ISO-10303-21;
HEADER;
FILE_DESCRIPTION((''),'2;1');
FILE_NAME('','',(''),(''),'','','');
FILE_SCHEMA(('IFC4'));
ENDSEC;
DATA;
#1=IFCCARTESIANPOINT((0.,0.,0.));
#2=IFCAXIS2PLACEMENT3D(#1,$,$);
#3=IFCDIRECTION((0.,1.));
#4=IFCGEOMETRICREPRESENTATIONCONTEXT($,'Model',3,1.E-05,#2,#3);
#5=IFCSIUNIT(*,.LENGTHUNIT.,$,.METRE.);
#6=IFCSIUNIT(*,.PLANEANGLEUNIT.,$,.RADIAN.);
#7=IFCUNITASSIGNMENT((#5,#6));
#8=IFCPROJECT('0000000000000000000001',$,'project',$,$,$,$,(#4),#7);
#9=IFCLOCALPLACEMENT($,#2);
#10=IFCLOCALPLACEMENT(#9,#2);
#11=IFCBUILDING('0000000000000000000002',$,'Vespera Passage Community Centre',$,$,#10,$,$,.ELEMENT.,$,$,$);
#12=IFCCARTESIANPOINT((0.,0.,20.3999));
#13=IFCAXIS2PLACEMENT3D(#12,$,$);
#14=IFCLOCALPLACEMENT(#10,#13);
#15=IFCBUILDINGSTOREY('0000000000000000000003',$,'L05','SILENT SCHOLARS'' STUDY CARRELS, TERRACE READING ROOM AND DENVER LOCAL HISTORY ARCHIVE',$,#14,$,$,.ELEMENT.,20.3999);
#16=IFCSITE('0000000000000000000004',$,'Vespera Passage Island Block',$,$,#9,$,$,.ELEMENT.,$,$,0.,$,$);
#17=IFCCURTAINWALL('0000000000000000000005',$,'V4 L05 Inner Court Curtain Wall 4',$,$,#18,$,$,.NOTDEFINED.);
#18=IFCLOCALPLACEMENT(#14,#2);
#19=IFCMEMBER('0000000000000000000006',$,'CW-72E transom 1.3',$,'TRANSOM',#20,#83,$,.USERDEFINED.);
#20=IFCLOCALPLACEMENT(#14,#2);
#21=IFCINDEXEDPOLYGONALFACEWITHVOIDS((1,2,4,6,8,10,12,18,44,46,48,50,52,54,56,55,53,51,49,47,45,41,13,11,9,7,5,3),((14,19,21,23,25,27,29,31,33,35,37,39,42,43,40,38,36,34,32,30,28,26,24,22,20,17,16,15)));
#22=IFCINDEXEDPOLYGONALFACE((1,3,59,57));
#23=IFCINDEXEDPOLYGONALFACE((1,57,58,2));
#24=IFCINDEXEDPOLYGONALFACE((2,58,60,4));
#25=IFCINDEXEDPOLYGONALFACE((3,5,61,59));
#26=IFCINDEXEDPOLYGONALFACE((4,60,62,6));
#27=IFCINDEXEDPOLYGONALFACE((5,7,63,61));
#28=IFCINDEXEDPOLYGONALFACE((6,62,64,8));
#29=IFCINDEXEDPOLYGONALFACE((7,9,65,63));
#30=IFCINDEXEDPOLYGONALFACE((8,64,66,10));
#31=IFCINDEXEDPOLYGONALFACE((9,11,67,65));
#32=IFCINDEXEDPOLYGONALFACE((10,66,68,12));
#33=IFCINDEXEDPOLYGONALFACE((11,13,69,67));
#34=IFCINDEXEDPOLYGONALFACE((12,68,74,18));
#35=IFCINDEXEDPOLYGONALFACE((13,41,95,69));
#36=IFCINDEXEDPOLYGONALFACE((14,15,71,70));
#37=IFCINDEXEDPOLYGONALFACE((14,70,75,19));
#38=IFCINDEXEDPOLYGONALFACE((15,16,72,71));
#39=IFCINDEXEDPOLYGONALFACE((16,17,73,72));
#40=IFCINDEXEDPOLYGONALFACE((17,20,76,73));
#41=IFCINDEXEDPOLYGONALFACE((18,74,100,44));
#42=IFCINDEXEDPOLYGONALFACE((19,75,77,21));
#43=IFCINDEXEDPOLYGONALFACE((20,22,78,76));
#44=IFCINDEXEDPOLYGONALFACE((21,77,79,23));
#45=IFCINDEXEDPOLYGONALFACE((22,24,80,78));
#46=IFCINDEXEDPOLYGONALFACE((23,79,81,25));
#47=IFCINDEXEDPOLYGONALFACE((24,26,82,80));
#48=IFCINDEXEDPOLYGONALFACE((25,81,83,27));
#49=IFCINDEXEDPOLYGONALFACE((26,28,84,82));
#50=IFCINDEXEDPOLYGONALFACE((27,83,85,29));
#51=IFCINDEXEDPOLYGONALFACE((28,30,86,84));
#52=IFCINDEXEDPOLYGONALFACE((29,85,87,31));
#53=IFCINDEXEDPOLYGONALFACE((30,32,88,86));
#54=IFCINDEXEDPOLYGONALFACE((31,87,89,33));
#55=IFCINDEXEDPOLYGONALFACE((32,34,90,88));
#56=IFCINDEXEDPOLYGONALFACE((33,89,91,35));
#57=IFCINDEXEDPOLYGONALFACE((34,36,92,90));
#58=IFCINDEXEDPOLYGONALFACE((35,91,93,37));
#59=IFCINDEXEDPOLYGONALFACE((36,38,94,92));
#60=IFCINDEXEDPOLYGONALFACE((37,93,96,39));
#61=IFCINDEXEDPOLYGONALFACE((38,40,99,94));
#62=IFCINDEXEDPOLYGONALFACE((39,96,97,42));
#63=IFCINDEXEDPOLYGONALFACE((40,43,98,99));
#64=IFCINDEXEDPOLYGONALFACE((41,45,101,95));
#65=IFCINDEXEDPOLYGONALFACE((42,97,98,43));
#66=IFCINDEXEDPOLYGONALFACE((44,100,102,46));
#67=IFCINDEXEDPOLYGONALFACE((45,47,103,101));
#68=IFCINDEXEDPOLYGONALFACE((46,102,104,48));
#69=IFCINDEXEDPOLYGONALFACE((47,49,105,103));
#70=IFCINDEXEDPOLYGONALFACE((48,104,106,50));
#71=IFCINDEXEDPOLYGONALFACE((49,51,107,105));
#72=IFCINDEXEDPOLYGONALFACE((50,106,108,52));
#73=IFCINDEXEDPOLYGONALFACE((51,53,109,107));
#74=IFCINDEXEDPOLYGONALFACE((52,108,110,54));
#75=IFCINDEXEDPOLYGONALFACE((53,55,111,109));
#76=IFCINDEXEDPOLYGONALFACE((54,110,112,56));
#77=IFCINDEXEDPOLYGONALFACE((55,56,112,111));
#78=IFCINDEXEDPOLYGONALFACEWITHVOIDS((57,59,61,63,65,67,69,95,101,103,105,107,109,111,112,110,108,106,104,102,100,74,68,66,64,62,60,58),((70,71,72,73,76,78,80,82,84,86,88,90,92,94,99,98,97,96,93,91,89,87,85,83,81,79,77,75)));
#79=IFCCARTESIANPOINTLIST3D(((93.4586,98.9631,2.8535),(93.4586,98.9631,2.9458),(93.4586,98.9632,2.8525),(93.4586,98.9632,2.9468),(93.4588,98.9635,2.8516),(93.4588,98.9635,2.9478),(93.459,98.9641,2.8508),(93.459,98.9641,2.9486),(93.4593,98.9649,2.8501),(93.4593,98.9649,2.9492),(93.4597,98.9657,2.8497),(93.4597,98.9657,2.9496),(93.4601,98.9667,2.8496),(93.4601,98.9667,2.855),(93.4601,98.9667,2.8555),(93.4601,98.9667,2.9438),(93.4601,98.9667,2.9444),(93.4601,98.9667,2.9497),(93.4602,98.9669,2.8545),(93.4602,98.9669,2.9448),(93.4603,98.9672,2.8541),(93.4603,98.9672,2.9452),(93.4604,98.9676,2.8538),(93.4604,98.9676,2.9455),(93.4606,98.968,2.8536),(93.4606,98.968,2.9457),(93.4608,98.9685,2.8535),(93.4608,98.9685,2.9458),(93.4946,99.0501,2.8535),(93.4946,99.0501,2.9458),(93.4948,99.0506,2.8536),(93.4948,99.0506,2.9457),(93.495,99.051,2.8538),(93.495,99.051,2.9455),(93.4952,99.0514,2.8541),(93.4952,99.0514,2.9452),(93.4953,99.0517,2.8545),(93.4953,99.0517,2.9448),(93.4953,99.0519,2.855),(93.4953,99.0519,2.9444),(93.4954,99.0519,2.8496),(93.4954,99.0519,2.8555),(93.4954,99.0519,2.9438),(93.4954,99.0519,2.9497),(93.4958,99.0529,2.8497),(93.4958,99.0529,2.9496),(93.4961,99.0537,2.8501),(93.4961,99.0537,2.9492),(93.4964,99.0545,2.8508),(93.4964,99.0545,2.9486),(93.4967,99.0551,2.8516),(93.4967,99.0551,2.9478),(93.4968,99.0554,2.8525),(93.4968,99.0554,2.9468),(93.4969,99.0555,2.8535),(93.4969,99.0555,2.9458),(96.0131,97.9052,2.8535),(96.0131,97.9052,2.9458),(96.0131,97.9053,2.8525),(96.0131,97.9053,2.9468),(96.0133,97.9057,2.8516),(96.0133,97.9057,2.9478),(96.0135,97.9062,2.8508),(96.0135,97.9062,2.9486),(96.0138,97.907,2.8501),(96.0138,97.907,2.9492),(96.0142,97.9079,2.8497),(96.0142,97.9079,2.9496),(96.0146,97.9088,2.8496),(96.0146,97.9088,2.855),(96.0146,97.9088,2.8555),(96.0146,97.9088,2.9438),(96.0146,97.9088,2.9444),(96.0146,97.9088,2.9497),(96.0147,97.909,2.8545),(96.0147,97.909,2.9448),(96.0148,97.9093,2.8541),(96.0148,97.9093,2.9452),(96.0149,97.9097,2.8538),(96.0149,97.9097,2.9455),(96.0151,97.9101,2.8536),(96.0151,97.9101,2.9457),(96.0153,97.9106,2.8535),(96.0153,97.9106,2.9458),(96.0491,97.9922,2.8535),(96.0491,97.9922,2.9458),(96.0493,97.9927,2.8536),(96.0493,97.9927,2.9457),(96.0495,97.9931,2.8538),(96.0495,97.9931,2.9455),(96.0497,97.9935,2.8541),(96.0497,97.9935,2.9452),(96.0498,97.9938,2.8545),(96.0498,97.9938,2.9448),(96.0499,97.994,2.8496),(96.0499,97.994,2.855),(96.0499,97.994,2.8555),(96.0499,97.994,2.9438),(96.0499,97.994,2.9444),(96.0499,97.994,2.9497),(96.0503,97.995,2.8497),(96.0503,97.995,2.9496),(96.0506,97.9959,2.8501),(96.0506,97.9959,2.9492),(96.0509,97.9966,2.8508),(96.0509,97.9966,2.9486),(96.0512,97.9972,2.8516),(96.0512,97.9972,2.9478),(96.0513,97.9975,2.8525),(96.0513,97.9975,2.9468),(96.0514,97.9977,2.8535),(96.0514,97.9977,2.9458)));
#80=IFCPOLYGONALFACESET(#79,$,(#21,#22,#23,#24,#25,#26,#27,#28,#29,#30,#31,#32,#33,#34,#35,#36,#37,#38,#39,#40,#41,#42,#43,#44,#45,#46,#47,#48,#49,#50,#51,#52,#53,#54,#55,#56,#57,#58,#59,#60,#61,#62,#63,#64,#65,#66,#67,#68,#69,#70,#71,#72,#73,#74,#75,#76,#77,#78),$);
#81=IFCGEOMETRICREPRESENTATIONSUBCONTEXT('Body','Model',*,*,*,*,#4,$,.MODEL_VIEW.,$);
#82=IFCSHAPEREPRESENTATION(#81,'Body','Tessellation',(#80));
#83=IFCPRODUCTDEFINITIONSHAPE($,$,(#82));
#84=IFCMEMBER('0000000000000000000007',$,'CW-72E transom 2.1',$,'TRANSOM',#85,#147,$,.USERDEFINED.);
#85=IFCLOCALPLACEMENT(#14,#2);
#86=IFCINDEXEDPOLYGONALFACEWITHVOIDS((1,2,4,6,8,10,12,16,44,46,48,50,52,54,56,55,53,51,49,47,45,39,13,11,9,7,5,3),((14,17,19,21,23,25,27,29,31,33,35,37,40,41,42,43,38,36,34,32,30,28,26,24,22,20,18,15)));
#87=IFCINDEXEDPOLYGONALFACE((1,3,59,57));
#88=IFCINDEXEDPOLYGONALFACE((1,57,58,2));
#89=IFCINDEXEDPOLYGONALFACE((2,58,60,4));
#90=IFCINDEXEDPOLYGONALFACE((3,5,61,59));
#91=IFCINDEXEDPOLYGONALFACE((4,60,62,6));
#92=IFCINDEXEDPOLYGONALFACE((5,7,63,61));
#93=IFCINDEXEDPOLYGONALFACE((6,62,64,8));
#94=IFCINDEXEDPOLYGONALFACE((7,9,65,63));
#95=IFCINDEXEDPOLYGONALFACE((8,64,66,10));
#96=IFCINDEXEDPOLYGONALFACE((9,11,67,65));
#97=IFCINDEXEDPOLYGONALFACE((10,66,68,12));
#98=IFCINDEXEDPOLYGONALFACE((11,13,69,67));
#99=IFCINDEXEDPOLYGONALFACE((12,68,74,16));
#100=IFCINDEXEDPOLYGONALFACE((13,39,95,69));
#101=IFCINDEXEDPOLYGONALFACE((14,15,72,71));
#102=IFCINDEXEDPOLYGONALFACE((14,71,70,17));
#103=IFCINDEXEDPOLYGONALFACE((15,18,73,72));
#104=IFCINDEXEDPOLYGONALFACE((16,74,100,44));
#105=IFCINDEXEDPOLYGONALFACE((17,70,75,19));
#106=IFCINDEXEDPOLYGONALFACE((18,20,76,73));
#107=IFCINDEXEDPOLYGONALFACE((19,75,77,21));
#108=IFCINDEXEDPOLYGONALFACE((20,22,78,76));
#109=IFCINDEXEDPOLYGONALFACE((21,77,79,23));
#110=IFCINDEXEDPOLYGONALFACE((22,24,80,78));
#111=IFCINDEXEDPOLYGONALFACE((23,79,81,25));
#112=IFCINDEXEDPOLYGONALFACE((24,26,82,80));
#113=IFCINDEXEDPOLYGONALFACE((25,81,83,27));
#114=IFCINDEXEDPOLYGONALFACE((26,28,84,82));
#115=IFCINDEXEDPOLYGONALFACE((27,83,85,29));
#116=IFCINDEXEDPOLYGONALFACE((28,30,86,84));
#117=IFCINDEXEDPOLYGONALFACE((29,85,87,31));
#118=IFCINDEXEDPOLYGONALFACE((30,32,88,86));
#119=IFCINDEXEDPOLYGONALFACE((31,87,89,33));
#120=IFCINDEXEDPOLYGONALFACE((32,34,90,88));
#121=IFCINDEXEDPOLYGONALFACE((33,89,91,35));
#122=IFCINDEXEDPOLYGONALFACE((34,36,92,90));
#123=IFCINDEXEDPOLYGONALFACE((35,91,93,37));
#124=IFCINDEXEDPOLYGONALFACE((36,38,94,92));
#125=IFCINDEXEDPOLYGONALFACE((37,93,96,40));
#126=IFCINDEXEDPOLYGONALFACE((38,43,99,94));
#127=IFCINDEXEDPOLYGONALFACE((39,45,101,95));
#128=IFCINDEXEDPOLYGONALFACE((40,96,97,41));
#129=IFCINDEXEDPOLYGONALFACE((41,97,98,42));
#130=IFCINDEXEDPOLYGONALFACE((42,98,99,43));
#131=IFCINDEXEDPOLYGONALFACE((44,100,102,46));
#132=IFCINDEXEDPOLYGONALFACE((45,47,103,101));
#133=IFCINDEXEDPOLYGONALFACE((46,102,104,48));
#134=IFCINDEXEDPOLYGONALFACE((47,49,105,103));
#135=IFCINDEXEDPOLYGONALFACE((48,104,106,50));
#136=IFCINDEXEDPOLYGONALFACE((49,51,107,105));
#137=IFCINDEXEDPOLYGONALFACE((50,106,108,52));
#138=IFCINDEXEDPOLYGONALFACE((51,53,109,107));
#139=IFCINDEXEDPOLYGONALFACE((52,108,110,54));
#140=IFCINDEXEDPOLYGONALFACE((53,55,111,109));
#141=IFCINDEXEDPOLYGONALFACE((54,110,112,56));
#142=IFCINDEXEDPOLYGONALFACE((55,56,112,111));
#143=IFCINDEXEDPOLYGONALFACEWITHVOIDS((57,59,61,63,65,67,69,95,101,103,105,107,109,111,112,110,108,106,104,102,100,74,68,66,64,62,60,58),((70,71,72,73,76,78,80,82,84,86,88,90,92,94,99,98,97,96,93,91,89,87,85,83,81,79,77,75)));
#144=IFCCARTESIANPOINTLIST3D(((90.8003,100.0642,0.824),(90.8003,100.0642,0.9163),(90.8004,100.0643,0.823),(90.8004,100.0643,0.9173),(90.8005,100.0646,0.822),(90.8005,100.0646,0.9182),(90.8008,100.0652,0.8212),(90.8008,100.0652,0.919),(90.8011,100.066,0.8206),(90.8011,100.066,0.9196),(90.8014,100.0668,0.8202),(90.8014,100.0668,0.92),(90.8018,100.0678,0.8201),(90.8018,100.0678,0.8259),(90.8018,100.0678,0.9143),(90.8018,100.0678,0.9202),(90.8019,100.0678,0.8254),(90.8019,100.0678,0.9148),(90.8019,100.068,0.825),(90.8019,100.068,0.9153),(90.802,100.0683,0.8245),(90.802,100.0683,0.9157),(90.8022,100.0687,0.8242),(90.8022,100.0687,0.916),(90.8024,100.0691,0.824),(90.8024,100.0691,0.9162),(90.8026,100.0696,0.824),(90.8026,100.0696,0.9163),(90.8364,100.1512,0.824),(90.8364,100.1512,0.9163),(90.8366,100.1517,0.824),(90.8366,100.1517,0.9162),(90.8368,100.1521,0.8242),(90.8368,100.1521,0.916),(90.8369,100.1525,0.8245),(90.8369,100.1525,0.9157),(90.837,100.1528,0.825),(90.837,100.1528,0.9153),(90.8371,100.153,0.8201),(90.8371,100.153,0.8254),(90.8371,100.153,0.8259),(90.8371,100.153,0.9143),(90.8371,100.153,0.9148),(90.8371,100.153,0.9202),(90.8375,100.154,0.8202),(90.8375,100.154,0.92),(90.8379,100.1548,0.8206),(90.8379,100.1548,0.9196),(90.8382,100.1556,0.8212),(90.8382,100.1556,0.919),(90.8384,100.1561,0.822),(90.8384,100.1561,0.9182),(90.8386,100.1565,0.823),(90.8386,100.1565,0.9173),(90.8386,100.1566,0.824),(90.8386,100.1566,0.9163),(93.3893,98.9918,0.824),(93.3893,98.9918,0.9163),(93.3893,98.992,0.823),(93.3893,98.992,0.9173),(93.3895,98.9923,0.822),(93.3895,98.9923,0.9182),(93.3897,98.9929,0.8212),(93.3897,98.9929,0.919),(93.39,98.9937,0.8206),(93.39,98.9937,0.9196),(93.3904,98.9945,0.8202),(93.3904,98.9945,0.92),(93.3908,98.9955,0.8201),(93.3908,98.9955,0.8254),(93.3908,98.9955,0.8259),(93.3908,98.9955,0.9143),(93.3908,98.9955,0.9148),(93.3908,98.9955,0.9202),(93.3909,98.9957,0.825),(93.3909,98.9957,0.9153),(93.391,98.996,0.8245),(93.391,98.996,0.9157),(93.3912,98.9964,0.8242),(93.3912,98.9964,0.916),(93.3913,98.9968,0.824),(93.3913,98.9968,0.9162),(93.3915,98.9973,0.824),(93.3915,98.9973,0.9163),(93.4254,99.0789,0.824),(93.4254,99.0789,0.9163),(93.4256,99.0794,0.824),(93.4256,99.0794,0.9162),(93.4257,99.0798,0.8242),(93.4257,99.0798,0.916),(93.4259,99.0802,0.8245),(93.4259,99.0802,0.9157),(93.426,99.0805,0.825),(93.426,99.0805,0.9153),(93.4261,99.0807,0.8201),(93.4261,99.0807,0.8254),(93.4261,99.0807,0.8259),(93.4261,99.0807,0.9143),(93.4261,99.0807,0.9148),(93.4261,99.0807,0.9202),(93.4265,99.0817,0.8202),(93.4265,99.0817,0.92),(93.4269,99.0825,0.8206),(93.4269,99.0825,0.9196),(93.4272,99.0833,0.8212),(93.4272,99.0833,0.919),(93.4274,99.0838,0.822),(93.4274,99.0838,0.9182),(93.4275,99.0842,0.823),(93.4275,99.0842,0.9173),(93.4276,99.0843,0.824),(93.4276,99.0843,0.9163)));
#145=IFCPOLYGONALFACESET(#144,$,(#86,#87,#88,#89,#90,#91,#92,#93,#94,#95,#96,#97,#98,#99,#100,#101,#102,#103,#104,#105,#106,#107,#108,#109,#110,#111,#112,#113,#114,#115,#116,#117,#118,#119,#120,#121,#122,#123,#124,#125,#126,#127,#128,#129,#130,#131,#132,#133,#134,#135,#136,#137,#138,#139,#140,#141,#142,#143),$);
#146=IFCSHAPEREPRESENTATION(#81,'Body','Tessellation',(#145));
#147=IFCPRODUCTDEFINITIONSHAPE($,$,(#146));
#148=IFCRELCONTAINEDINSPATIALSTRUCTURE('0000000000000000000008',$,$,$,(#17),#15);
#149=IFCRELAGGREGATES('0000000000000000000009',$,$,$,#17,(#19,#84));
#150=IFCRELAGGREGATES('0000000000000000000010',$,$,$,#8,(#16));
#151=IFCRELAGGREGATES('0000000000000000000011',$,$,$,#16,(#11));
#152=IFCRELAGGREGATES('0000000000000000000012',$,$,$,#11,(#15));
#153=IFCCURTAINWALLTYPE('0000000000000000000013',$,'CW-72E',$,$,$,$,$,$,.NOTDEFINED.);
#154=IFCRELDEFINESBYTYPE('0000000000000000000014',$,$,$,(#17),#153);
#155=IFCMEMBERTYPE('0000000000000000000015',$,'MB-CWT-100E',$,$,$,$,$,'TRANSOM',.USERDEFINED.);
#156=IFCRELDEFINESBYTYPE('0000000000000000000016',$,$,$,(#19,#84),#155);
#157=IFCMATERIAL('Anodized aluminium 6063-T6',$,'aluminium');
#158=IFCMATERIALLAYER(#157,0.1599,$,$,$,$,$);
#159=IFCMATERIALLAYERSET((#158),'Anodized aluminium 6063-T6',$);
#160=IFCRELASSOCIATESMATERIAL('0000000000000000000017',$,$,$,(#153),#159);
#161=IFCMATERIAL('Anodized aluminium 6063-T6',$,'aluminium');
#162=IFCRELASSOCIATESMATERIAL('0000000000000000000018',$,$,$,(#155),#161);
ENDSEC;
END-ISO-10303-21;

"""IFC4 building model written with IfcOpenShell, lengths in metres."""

from ifc_helpers import new_model, si_unit, direction, frame, origin, origin_2d, place, context, subcontext, project, spatial, hollow_rectangle, extrude, material, layer, layer_set, material_profile, profile_set, type_object, element, aggregate, save


model = new_model("IFC4")

# Units and contexts
model_context = context("Model", 3, precision=1e-05, world=origin(), true_north=direction((0.0, 1.0)))
body_context = subcontext(model_context, "Body", "Model", "MODEL_VIEW")
ifc_project = project(units=[si_unit("LENGTHUNIT", "METRE"), si_unit("PLANEANGLEUNIT", "RADIAN")], contexts=[model_context])

# Site, building, storey
site_placement = place(None, origin())
site = spatial("IfcSite", under=ifc_project, at=site_placement, Name="Vespera Passage Island Block", CompositionType="ELEMENT", RefElevation=0.0)
building_placement = place(site_placement, origin())
building = spatial("IfcBuilding", under=site, at=building_placement, Name="Vespera Passage Community Centre", CompositionType="ELEMENT")
storey_placement = place(building_placement, frame((0.0, 0.0, 20.3999)))
storey = spatial("IfcBuildingStorey", under=building, at=storey_placement, Name="L05", Description="SILENT SCHOLARS' STUDY CARRELS, TERRACE READING ROOM AND DENVER LOCAL HISTORY ARCHIVE", CompositionType="ELEMENT", Elevation=20.3999)

# Curtain wall, members
ifc_material_1 = material(Name="Anodized aluminium 6063-T6", Category="aluminium")
ifc_layer_1 = layer(ifc_material_1, 0.1599)
ifc_layer_set_1 = layer_set([ifc_layer_1], Name="Anodized aluminium 6063-T6")
curtain_wall_type_1 = type_object("IfcCurtainWallType", Name="CW-72E", PredefinedType="NOTDEFINED", material=ifc_layer_set_1)
curtain_wall_1_placement = place(storey_placement, origin())
curtain_wall_1 = element("IfcCurtainWall", 1, at=curtain_wall_1_placement, inside=storey, type_object=curtain_wall_type_1, Name="V4 L05 Inner Court Curtain Wall 4", PredefinedType="NOTDEFINED")
ifc_material_2 = material(Name="Anodized aluminium 6063-T6", Category="aluminium")
ifc_material_profile_1 = material_profile(ifc_material_2, hollow_rectangle(XDim=0.1001, YDim=0.1001, WallThickness=0.0039, InnerFilletRadius=0.002, OuterFilletRadius=0.0039, at=origin_2d()), Name="ALU100X100X4")
ifc_profile_set_1 = profile_set([ifc_material_profile_1], Name="Anodized aluminium 6063-T6")
member_type_1 = type_object("IfcMemberType", Name="MB-CWT-100E", ElementType="TRANSOM", PredefinedType="USERDEFINED", material=ifc_profile_set_1)
member_1_placement = place(storey_placement, frame((96.0322, 97.9514, 2.8997), z_axis=(-0.923908, 0.382614, 0.0), x_axis=(-0.382614, -0.923908, 0.0)))
member_1 = element("IfcMember", 2, at=member_1_placement, type_object=member_type_1, Name="CW-72E transom 1.3", ObjectType="TRANSOM", PredefinedType="USERDEFINED", context=body_context, shape_type="SweptSolid", body=[
    extrude(hollow_rectangle(XDim=0.1001, YDim=0.1001, WallThickness=0.0039, InnerFilletRadius=0.002, OuterFilletRadius=0.0039, at=origin_2d()), origin(), (0.0, 0.0, 1.0), 2.7649),
])
member_2_placement = place(storey_placement, frame((93.4084, 99.0381, 0.8701), z_axis=(-0.923889, 0.38266, 0.0), x_axis=(-0.38266, -0.923889, 0.0)))
member_2 = element("IfcMember", 3, at=member_2_placement, type_object=member_type_1, Name="CW-72E transom 2.1", ObjectType="TRANSOM", PredefinedType="USERDEFINED", context=body_context, shape_type="SweptSolid", body=[
    extrude(hollow_rectangle(XDim=0.1001, YDim=0.1001, WallThickness=0.0039, InnerFilletRadius=0.002, OuterFilletRadius=0.0039, at=origin_2d()), origin(), (0.0, 0.0, 1.0), 2.8022),
])

aggregate(curtain_wall_1, [member_1, member_2])

save(model, "model.ifc")
